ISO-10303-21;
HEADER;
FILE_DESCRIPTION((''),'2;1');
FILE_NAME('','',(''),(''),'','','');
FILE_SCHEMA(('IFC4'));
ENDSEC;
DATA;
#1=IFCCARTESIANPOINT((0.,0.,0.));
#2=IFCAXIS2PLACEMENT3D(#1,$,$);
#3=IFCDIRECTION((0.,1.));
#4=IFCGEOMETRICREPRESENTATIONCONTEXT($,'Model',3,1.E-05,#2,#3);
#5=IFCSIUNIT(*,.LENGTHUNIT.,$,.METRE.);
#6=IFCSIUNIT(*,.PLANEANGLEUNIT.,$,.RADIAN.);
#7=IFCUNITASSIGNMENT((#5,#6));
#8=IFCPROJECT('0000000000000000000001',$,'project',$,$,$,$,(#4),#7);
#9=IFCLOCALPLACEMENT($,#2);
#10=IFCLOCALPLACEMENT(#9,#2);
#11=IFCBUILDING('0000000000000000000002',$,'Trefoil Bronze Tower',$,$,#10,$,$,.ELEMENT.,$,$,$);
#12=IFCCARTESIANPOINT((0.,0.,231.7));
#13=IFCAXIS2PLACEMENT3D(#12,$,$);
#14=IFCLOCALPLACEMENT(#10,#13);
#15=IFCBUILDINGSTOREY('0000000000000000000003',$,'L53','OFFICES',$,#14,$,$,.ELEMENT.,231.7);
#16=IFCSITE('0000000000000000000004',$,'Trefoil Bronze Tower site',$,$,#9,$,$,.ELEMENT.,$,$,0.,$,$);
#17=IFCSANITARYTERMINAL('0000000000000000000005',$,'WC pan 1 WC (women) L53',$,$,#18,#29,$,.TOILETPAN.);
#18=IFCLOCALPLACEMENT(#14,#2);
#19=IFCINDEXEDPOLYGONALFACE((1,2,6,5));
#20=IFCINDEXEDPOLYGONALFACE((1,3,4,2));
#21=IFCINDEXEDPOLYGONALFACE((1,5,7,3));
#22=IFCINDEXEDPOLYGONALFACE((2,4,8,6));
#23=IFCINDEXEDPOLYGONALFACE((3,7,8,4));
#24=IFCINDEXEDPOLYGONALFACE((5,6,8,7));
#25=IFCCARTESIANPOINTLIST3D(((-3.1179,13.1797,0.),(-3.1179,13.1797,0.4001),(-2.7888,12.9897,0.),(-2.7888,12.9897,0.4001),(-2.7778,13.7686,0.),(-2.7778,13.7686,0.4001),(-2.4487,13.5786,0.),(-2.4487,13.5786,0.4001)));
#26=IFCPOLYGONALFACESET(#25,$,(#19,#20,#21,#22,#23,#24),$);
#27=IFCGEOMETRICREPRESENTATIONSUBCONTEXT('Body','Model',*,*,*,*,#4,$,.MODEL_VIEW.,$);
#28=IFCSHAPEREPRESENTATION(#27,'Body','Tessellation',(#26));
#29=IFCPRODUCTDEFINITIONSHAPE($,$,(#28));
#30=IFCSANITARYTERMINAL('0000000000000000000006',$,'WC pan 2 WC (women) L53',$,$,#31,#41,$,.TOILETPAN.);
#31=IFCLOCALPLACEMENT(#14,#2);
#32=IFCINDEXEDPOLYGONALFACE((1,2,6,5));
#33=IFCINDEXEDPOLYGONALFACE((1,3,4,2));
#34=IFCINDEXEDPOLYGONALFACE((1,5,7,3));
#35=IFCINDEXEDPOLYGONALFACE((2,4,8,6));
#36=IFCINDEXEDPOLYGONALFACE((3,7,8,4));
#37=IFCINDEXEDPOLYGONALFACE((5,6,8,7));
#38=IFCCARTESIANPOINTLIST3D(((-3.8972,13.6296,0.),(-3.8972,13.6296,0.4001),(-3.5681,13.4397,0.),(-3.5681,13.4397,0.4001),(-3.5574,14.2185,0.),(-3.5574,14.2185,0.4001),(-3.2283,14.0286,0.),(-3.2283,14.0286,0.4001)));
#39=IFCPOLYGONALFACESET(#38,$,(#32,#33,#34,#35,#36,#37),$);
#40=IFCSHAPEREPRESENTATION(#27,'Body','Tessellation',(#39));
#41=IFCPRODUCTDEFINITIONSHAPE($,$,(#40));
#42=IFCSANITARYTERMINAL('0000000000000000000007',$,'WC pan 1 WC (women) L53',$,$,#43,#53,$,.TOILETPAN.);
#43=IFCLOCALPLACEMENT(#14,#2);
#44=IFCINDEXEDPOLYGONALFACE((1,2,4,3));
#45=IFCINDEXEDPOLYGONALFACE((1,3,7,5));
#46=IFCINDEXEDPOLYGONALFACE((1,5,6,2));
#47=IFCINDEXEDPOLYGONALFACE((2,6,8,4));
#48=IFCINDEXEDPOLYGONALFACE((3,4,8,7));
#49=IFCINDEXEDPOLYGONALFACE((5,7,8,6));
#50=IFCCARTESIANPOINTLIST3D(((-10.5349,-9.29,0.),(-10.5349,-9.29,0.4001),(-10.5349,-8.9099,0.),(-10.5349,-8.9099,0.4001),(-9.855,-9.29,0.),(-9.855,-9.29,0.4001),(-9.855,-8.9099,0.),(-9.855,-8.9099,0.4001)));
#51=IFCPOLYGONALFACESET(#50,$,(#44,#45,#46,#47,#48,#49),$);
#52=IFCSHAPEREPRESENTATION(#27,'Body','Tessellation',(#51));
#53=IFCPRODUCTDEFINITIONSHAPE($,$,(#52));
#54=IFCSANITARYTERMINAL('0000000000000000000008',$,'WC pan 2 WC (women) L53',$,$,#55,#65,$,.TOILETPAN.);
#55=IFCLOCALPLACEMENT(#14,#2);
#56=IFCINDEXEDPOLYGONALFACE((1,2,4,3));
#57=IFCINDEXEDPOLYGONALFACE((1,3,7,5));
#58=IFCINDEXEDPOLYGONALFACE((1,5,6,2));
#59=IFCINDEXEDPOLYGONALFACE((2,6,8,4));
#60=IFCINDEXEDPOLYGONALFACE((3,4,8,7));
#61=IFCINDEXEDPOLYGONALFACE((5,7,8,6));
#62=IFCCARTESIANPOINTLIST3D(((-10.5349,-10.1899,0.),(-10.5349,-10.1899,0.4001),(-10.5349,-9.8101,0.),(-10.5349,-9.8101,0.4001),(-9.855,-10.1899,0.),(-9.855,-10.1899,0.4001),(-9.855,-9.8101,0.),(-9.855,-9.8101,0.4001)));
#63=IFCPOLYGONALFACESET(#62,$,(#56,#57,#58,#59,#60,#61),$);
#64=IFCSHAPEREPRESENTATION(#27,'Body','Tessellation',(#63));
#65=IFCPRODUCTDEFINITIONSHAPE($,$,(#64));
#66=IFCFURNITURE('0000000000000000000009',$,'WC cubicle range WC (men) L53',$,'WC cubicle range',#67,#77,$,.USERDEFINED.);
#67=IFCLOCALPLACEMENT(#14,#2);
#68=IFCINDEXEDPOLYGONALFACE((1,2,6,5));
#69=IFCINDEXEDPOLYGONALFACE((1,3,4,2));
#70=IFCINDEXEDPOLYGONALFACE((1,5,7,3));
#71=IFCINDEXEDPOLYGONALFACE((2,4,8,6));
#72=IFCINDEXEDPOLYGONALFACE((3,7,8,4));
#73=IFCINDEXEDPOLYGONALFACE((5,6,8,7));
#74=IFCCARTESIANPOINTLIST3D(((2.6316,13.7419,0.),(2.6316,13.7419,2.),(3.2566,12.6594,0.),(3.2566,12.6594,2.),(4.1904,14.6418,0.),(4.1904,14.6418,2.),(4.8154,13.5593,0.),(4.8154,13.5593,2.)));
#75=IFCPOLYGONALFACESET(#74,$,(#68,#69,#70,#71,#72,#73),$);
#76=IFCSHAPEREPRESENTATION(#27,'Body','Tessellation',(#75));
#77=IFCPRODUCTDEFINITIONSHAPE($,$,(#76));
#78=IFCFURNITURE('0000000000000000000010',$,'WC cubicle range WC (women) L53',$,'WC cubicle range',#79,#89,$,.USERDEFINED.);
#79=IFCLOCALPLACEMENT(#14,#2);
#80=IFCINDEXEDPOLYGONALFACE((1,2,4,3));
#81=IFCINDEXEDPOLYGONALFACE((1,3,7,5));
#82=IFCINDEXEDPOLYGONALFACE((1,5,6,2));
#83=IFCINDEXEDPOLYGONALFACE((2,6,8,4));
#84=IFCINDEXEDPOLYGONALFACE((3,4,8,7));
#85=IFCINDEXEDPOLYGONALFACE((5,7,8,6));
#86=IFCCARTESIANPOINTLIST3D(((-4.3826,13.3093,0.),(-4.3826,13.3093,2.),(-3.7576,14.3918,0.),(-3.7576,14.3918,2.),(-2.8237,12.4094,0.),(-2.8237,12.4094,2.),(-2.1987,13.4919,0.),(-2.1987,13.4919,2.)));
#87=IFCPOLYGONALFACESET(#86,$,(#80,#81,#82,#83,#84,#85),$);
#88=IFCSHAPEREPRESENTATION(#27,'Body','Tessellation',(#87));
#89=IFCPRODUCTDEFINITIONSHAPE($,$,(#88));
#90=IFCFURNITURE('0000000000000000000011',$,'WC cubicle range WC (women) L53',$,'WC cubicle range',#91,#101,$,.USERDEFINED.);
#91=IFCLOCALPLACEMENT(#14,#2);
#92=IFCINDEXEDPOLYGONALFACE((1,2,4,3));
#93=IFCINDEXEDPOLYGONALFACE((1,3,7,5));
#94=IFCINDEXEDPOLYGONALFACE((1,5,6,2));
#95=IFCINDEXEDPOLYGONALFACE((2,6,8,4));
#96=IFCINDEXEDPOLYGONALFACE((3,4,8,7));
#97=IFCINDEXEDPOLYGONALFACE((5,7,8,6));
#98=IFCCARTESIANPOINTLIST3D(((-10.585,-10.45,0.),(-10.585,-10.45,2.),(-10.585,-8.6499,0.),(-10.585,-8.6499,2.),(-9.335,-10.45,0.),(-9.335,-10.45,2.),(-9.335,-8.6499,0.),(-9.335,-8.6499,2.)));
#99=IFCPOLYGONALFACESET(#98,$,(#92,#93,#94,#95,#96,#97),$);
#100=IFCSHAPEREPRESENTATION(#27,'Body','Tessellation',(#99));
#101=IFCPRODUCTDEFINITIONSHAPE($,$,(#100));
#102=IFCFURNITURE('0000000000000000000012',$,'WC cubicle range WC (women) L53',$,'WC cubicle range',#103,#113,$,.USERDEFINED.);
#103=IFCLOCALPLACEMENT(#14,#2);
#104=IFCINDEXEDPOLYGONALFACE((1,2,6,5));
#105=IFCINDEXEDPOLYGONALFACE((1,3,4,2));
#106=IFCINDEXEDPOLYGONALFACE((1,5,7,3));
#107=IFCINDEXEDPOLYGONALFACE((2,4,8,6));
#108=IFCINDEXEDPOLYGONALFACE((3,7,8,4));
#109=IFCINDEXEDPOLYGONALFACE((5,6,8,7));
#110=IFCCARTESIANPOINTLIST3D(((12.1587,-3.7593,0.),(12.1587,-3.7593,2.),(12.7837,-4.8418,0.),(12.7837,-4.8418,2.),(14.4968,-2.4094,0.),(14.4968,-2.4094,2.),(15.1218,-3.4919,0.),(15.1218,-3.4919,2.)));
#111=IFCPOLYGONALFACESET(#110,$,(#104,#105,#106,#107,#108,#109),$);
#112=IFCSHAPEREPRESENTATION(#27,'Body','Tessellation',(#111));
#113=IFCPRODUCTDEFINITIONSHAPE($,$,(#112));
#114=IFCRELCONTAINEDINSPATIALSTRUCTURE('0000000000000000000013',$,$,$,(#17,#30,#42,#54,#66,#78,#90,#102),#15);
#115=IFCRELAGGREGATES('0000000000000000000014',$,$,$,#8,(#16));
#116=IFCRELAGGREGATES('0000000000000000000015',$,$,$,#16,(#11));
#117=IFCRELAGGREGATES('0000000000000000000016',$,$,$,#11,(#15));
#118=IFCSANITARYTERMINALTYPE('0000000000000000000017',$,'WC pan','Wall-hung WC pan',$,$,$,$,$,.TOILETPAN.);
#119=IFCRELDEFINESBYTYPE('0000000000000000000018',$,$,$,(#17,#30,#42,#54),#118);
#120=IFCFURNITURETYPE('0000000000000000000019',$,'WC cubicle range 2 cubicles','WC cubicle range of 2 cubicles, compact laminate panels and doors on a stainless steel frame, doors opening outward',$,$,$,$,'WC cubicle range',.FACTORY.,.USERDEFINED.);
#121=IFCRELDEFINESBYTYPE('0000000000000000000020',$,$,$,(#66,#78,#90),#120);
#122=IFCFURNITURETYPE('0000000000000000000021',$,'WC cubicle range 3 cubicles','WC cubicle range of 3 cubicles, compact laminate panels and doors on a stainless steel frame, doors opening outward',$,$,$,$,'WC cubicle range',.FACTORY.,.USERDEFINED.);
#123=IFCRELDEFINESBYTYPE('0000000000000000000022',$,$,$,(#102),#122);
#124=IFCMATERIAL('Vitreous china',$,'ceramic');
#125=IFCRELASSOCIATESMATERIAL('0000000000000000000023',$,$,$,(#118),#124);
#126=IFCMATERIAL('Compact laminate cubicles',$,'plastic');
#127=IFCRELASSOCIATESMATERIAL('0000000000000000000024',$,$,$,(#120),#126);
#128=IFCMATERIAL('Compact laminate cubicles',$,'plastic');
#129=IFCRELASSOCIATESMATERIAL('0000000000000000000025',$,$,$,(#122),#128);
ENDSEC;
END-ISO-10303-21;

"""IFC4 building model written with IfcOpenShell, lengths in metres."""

from ifc_helpers import new_model, si_unit, direction, frame, origin, place, context, subcontext, project, spatial, polyline, outline, extrude, material, type_object, element, save


model = new_model("IFC4")

# Units and contexts
model_context = context("Model", 3, precision=1e-05, world=origin(), true_north=direction((0.0, 1.0)))
body_context = subcontext(model_context, "Body", "Model", "MODEL_VIEW")
ifc_project = project(units=[si_unit("LENGTHUNIT", "METRE"), si_unit("PLANEANGLEUNIT", "RADIAN")], contexts=[model_context])

# Site, building, storey
site_placement = place(None, origin())
site = spatial("IfcSite", under=ifc_project, at=site_placement, Name="Trefoil Bronze Tower site", CompositionType="ELEMENT", RefElevation=0.0)
building_placement = place(site_placement, origin())
building = spatial("IfcBuilding", under=site, at=building_placement, Name="Trefoil Bronze Tower", CompositionType="ELEMENT")
storey_placement = place(building_placement, frame((0.0, 0.0, 231.7)))
storey = spatial("IfcBuildingStorey", under=building, at=storey_placement, Name="L53", Description="OFFICES", CompositionType="ELEMENT", Elevation=231.7)

# Sanitary terminals
ifc_material_1 = material(Name="Vitreous china", Category="ceramic")
sanitary_terminal_type_1 = type_object("IfcSanitaryTerminalType", Name="WC pan", Description="Wall-hung WC pan", PredefinedType="TOILETPAN", material=ifc_material_1)
sanitary_terminal_1_placement = place(storey_placement, origin())
element("IfcSanitaryTerminal", 1, at=sanitary_terminal_1_placement, inside=storey, type_object=sanitary_terminal_type_1, Name="WC pan 1 WC (women) L53", PredefinedType="TOILETPAN", context=body_context, shape_type="SweptSolid", body=[
    extrude(outline(polyline([(-2.7888, 12.9897), (-2.4487, 13.5786), (-2.7778, 13.7686), (-3.1179, 13.1797), (-2.7888, 12.9897)])), origin(), (0.0, 0.0, 1.0), 0.4001),
])
sanitary_terminal_2_placement = place(storey_placement, origin())
element("IfcSanitaryTerminal", 2, at=sanitary_terminal_2_placement, inside=storey, type_object=sanitary_terminal_type_1, Name="WC pan 2 WC (women) L53", PredefinedType="TOILETPAN", context=body_context, shape_type="SweptSolid", body=[
    extrude(outline(polyline([(-3.5681, 13.4397), (-3.2283, 14.0286), (-3.5574, 14.2185), (-3.8972, 13.6296), (-3.5681, 13.4397)])), origin(), (0.0, 0.0, 1.0), 0.4001),
])
sanitary_terminal_3_placement = place(storey_placement, origin())
element("IfcSanitaryTerminal", 3, at=sanitary_terminal_3_placement, inside=storey, type_object=sanitary_terminal_type_1, Name="WC pan 1 WC (women) L53", PredefinedType="TOILETPAN", context=body_context, shape_type="SweptSolid", body=[
    extrude(outline(polyline([(-9.855, -8.9099), (-10.5349, -8.9099), (-10.5349, -9.29), (-9.855, -9.29), (-9.855, -8.9099)])), origin(), (0.0, 0.0, 1.0), 0.4001),
])
sanitary_terminal_4_placement = place(storey_placement, origin())
element("IfcSanitaryTerminal", 4, at=sanitary_terminal_4_placement, inside=storey, type_object=sanitary_terminal_type_1, Name="WC pan 2 WC (women) L53", PredefinedType="TOILETPAN", context=body_context, shape_type="SweptSolid", body=[
    extrude(outline(polyline([(-9.855, -9.8101), (-10.5349, -9.8101), (-10.5349, -10.1899), (-9.855, -10.1899), (-9.855, -9.8101)])), origin(), (0.0, 0.0, 1.0), 0.4001),
])

# Furniture
ifc_material_2 = material(Name="Compact laminate cubicles", Category="plastic")
furniture_type_1 = type_object("IfcFurnitureType", Name="WC cubicle range 2 cubicles", Description="WC cubicle range of 2 cubicles, compact laminate panels and doors on a stainless steel frame, doors opening outward", ElementType="WC cubicle range", AssemblyPlace="FACTORY", PredefinedType="USERDEFINED", material=ifc_material_2)
furniture_1_placement = place(storey_placement, origin())
element("IfcFurniture", 5, at=furniture_1_placement, inside=storey, type_object=furniture_type_1, Name="WC cubicle range WC (men) L53", ObjectType="WC cubicle range", PredefinedType="USERDEFINED", context=body_context, shape_type="SweptSolid", body=[
    extrude(outline(polyline([(3.2566, 12.6594), (2.6316, 13.7419), (4.1904, 14.6418), (4.8154, 13.5593), (3.2566, 12.6594)])), origin(), (0.0, 0.0, 1.0), 2.0),
])
furniture_2_placement = place(storey_placement, origin())
element("IfcFurniture", 6, at=furniture_2_placement, inside=storey, type_object=furniture_type_1, Name="WC cubicle range WC (women) L53", ObjectType="WC cubicle range", PredefinedType="USERDEFINED", context=body_context, shape_type="SweptSolid", body=[
    extrude(outline(polyline([(-2.8237, 12.4094), (-2.1987, 13.4919), (-3.7576, 14.3918), (-4.3826, 13.3093), (-2.8237, 12.4094)])), origin(), (0.0, 0.0, 1.0), 2.0),
])
furniture_3_placement = place(storey_placement, origin())
element("IfcFurniture", 7, at=furniture_3_placement, inside=storey, type_object=furniture_type_1, Name="WC cubicle range WC (women) L53", ObjectType="WC cubicle range", PredefinedType="USERDEFINED", context=body_context, shape_type="SweptSolid", body=[
    extrude(outline(polyline([(-9.335, -8.6499), (-10.585, -8.6499), (-10.585, -10.45), (-9.335, -10.45), (-9.335, -8.6499)])), origin(), (0.0, 0.0, 1.0), 2.0),
])
ifc_material_3 = material(Name="Compact laminate cubicles", Category="plastic")
furniture_type_2 = type_object("IfcFurnitureType", Name="WC cubicle range 3 cubicles", Description="WC cubicle range of 3 cubicles, compact laminate panels and doors on a stainless steel frame, doors opening outward", ElementType="WC cubicle range", AssemblyPlace="FACTORY", PredefinedType="USERDEFINED", material=ifc_material_3)
furniture_4_placement = place(storey_placement, origin())
element("IfcFurniture", 8, at=furniture_4_placement, inside=storey, type_object=furniture_type_2, Name="WC cubicle range WC (women) L53", ObjectType="WC cubicle range", PredefinedType="USERDEFINED", context=body_context, shape_type="SweptSolid", body=[
    extrude(outline(polyline([(12.1587, -3.7593), (12.7837, -4.8418), (15.1218, -3.4919), (14.4968, -2.4094), (12.1587, -3.7593)])), origin(), (0.0, 0.0, 1.0), 2.0),
])

save(model, "model.ifc")
